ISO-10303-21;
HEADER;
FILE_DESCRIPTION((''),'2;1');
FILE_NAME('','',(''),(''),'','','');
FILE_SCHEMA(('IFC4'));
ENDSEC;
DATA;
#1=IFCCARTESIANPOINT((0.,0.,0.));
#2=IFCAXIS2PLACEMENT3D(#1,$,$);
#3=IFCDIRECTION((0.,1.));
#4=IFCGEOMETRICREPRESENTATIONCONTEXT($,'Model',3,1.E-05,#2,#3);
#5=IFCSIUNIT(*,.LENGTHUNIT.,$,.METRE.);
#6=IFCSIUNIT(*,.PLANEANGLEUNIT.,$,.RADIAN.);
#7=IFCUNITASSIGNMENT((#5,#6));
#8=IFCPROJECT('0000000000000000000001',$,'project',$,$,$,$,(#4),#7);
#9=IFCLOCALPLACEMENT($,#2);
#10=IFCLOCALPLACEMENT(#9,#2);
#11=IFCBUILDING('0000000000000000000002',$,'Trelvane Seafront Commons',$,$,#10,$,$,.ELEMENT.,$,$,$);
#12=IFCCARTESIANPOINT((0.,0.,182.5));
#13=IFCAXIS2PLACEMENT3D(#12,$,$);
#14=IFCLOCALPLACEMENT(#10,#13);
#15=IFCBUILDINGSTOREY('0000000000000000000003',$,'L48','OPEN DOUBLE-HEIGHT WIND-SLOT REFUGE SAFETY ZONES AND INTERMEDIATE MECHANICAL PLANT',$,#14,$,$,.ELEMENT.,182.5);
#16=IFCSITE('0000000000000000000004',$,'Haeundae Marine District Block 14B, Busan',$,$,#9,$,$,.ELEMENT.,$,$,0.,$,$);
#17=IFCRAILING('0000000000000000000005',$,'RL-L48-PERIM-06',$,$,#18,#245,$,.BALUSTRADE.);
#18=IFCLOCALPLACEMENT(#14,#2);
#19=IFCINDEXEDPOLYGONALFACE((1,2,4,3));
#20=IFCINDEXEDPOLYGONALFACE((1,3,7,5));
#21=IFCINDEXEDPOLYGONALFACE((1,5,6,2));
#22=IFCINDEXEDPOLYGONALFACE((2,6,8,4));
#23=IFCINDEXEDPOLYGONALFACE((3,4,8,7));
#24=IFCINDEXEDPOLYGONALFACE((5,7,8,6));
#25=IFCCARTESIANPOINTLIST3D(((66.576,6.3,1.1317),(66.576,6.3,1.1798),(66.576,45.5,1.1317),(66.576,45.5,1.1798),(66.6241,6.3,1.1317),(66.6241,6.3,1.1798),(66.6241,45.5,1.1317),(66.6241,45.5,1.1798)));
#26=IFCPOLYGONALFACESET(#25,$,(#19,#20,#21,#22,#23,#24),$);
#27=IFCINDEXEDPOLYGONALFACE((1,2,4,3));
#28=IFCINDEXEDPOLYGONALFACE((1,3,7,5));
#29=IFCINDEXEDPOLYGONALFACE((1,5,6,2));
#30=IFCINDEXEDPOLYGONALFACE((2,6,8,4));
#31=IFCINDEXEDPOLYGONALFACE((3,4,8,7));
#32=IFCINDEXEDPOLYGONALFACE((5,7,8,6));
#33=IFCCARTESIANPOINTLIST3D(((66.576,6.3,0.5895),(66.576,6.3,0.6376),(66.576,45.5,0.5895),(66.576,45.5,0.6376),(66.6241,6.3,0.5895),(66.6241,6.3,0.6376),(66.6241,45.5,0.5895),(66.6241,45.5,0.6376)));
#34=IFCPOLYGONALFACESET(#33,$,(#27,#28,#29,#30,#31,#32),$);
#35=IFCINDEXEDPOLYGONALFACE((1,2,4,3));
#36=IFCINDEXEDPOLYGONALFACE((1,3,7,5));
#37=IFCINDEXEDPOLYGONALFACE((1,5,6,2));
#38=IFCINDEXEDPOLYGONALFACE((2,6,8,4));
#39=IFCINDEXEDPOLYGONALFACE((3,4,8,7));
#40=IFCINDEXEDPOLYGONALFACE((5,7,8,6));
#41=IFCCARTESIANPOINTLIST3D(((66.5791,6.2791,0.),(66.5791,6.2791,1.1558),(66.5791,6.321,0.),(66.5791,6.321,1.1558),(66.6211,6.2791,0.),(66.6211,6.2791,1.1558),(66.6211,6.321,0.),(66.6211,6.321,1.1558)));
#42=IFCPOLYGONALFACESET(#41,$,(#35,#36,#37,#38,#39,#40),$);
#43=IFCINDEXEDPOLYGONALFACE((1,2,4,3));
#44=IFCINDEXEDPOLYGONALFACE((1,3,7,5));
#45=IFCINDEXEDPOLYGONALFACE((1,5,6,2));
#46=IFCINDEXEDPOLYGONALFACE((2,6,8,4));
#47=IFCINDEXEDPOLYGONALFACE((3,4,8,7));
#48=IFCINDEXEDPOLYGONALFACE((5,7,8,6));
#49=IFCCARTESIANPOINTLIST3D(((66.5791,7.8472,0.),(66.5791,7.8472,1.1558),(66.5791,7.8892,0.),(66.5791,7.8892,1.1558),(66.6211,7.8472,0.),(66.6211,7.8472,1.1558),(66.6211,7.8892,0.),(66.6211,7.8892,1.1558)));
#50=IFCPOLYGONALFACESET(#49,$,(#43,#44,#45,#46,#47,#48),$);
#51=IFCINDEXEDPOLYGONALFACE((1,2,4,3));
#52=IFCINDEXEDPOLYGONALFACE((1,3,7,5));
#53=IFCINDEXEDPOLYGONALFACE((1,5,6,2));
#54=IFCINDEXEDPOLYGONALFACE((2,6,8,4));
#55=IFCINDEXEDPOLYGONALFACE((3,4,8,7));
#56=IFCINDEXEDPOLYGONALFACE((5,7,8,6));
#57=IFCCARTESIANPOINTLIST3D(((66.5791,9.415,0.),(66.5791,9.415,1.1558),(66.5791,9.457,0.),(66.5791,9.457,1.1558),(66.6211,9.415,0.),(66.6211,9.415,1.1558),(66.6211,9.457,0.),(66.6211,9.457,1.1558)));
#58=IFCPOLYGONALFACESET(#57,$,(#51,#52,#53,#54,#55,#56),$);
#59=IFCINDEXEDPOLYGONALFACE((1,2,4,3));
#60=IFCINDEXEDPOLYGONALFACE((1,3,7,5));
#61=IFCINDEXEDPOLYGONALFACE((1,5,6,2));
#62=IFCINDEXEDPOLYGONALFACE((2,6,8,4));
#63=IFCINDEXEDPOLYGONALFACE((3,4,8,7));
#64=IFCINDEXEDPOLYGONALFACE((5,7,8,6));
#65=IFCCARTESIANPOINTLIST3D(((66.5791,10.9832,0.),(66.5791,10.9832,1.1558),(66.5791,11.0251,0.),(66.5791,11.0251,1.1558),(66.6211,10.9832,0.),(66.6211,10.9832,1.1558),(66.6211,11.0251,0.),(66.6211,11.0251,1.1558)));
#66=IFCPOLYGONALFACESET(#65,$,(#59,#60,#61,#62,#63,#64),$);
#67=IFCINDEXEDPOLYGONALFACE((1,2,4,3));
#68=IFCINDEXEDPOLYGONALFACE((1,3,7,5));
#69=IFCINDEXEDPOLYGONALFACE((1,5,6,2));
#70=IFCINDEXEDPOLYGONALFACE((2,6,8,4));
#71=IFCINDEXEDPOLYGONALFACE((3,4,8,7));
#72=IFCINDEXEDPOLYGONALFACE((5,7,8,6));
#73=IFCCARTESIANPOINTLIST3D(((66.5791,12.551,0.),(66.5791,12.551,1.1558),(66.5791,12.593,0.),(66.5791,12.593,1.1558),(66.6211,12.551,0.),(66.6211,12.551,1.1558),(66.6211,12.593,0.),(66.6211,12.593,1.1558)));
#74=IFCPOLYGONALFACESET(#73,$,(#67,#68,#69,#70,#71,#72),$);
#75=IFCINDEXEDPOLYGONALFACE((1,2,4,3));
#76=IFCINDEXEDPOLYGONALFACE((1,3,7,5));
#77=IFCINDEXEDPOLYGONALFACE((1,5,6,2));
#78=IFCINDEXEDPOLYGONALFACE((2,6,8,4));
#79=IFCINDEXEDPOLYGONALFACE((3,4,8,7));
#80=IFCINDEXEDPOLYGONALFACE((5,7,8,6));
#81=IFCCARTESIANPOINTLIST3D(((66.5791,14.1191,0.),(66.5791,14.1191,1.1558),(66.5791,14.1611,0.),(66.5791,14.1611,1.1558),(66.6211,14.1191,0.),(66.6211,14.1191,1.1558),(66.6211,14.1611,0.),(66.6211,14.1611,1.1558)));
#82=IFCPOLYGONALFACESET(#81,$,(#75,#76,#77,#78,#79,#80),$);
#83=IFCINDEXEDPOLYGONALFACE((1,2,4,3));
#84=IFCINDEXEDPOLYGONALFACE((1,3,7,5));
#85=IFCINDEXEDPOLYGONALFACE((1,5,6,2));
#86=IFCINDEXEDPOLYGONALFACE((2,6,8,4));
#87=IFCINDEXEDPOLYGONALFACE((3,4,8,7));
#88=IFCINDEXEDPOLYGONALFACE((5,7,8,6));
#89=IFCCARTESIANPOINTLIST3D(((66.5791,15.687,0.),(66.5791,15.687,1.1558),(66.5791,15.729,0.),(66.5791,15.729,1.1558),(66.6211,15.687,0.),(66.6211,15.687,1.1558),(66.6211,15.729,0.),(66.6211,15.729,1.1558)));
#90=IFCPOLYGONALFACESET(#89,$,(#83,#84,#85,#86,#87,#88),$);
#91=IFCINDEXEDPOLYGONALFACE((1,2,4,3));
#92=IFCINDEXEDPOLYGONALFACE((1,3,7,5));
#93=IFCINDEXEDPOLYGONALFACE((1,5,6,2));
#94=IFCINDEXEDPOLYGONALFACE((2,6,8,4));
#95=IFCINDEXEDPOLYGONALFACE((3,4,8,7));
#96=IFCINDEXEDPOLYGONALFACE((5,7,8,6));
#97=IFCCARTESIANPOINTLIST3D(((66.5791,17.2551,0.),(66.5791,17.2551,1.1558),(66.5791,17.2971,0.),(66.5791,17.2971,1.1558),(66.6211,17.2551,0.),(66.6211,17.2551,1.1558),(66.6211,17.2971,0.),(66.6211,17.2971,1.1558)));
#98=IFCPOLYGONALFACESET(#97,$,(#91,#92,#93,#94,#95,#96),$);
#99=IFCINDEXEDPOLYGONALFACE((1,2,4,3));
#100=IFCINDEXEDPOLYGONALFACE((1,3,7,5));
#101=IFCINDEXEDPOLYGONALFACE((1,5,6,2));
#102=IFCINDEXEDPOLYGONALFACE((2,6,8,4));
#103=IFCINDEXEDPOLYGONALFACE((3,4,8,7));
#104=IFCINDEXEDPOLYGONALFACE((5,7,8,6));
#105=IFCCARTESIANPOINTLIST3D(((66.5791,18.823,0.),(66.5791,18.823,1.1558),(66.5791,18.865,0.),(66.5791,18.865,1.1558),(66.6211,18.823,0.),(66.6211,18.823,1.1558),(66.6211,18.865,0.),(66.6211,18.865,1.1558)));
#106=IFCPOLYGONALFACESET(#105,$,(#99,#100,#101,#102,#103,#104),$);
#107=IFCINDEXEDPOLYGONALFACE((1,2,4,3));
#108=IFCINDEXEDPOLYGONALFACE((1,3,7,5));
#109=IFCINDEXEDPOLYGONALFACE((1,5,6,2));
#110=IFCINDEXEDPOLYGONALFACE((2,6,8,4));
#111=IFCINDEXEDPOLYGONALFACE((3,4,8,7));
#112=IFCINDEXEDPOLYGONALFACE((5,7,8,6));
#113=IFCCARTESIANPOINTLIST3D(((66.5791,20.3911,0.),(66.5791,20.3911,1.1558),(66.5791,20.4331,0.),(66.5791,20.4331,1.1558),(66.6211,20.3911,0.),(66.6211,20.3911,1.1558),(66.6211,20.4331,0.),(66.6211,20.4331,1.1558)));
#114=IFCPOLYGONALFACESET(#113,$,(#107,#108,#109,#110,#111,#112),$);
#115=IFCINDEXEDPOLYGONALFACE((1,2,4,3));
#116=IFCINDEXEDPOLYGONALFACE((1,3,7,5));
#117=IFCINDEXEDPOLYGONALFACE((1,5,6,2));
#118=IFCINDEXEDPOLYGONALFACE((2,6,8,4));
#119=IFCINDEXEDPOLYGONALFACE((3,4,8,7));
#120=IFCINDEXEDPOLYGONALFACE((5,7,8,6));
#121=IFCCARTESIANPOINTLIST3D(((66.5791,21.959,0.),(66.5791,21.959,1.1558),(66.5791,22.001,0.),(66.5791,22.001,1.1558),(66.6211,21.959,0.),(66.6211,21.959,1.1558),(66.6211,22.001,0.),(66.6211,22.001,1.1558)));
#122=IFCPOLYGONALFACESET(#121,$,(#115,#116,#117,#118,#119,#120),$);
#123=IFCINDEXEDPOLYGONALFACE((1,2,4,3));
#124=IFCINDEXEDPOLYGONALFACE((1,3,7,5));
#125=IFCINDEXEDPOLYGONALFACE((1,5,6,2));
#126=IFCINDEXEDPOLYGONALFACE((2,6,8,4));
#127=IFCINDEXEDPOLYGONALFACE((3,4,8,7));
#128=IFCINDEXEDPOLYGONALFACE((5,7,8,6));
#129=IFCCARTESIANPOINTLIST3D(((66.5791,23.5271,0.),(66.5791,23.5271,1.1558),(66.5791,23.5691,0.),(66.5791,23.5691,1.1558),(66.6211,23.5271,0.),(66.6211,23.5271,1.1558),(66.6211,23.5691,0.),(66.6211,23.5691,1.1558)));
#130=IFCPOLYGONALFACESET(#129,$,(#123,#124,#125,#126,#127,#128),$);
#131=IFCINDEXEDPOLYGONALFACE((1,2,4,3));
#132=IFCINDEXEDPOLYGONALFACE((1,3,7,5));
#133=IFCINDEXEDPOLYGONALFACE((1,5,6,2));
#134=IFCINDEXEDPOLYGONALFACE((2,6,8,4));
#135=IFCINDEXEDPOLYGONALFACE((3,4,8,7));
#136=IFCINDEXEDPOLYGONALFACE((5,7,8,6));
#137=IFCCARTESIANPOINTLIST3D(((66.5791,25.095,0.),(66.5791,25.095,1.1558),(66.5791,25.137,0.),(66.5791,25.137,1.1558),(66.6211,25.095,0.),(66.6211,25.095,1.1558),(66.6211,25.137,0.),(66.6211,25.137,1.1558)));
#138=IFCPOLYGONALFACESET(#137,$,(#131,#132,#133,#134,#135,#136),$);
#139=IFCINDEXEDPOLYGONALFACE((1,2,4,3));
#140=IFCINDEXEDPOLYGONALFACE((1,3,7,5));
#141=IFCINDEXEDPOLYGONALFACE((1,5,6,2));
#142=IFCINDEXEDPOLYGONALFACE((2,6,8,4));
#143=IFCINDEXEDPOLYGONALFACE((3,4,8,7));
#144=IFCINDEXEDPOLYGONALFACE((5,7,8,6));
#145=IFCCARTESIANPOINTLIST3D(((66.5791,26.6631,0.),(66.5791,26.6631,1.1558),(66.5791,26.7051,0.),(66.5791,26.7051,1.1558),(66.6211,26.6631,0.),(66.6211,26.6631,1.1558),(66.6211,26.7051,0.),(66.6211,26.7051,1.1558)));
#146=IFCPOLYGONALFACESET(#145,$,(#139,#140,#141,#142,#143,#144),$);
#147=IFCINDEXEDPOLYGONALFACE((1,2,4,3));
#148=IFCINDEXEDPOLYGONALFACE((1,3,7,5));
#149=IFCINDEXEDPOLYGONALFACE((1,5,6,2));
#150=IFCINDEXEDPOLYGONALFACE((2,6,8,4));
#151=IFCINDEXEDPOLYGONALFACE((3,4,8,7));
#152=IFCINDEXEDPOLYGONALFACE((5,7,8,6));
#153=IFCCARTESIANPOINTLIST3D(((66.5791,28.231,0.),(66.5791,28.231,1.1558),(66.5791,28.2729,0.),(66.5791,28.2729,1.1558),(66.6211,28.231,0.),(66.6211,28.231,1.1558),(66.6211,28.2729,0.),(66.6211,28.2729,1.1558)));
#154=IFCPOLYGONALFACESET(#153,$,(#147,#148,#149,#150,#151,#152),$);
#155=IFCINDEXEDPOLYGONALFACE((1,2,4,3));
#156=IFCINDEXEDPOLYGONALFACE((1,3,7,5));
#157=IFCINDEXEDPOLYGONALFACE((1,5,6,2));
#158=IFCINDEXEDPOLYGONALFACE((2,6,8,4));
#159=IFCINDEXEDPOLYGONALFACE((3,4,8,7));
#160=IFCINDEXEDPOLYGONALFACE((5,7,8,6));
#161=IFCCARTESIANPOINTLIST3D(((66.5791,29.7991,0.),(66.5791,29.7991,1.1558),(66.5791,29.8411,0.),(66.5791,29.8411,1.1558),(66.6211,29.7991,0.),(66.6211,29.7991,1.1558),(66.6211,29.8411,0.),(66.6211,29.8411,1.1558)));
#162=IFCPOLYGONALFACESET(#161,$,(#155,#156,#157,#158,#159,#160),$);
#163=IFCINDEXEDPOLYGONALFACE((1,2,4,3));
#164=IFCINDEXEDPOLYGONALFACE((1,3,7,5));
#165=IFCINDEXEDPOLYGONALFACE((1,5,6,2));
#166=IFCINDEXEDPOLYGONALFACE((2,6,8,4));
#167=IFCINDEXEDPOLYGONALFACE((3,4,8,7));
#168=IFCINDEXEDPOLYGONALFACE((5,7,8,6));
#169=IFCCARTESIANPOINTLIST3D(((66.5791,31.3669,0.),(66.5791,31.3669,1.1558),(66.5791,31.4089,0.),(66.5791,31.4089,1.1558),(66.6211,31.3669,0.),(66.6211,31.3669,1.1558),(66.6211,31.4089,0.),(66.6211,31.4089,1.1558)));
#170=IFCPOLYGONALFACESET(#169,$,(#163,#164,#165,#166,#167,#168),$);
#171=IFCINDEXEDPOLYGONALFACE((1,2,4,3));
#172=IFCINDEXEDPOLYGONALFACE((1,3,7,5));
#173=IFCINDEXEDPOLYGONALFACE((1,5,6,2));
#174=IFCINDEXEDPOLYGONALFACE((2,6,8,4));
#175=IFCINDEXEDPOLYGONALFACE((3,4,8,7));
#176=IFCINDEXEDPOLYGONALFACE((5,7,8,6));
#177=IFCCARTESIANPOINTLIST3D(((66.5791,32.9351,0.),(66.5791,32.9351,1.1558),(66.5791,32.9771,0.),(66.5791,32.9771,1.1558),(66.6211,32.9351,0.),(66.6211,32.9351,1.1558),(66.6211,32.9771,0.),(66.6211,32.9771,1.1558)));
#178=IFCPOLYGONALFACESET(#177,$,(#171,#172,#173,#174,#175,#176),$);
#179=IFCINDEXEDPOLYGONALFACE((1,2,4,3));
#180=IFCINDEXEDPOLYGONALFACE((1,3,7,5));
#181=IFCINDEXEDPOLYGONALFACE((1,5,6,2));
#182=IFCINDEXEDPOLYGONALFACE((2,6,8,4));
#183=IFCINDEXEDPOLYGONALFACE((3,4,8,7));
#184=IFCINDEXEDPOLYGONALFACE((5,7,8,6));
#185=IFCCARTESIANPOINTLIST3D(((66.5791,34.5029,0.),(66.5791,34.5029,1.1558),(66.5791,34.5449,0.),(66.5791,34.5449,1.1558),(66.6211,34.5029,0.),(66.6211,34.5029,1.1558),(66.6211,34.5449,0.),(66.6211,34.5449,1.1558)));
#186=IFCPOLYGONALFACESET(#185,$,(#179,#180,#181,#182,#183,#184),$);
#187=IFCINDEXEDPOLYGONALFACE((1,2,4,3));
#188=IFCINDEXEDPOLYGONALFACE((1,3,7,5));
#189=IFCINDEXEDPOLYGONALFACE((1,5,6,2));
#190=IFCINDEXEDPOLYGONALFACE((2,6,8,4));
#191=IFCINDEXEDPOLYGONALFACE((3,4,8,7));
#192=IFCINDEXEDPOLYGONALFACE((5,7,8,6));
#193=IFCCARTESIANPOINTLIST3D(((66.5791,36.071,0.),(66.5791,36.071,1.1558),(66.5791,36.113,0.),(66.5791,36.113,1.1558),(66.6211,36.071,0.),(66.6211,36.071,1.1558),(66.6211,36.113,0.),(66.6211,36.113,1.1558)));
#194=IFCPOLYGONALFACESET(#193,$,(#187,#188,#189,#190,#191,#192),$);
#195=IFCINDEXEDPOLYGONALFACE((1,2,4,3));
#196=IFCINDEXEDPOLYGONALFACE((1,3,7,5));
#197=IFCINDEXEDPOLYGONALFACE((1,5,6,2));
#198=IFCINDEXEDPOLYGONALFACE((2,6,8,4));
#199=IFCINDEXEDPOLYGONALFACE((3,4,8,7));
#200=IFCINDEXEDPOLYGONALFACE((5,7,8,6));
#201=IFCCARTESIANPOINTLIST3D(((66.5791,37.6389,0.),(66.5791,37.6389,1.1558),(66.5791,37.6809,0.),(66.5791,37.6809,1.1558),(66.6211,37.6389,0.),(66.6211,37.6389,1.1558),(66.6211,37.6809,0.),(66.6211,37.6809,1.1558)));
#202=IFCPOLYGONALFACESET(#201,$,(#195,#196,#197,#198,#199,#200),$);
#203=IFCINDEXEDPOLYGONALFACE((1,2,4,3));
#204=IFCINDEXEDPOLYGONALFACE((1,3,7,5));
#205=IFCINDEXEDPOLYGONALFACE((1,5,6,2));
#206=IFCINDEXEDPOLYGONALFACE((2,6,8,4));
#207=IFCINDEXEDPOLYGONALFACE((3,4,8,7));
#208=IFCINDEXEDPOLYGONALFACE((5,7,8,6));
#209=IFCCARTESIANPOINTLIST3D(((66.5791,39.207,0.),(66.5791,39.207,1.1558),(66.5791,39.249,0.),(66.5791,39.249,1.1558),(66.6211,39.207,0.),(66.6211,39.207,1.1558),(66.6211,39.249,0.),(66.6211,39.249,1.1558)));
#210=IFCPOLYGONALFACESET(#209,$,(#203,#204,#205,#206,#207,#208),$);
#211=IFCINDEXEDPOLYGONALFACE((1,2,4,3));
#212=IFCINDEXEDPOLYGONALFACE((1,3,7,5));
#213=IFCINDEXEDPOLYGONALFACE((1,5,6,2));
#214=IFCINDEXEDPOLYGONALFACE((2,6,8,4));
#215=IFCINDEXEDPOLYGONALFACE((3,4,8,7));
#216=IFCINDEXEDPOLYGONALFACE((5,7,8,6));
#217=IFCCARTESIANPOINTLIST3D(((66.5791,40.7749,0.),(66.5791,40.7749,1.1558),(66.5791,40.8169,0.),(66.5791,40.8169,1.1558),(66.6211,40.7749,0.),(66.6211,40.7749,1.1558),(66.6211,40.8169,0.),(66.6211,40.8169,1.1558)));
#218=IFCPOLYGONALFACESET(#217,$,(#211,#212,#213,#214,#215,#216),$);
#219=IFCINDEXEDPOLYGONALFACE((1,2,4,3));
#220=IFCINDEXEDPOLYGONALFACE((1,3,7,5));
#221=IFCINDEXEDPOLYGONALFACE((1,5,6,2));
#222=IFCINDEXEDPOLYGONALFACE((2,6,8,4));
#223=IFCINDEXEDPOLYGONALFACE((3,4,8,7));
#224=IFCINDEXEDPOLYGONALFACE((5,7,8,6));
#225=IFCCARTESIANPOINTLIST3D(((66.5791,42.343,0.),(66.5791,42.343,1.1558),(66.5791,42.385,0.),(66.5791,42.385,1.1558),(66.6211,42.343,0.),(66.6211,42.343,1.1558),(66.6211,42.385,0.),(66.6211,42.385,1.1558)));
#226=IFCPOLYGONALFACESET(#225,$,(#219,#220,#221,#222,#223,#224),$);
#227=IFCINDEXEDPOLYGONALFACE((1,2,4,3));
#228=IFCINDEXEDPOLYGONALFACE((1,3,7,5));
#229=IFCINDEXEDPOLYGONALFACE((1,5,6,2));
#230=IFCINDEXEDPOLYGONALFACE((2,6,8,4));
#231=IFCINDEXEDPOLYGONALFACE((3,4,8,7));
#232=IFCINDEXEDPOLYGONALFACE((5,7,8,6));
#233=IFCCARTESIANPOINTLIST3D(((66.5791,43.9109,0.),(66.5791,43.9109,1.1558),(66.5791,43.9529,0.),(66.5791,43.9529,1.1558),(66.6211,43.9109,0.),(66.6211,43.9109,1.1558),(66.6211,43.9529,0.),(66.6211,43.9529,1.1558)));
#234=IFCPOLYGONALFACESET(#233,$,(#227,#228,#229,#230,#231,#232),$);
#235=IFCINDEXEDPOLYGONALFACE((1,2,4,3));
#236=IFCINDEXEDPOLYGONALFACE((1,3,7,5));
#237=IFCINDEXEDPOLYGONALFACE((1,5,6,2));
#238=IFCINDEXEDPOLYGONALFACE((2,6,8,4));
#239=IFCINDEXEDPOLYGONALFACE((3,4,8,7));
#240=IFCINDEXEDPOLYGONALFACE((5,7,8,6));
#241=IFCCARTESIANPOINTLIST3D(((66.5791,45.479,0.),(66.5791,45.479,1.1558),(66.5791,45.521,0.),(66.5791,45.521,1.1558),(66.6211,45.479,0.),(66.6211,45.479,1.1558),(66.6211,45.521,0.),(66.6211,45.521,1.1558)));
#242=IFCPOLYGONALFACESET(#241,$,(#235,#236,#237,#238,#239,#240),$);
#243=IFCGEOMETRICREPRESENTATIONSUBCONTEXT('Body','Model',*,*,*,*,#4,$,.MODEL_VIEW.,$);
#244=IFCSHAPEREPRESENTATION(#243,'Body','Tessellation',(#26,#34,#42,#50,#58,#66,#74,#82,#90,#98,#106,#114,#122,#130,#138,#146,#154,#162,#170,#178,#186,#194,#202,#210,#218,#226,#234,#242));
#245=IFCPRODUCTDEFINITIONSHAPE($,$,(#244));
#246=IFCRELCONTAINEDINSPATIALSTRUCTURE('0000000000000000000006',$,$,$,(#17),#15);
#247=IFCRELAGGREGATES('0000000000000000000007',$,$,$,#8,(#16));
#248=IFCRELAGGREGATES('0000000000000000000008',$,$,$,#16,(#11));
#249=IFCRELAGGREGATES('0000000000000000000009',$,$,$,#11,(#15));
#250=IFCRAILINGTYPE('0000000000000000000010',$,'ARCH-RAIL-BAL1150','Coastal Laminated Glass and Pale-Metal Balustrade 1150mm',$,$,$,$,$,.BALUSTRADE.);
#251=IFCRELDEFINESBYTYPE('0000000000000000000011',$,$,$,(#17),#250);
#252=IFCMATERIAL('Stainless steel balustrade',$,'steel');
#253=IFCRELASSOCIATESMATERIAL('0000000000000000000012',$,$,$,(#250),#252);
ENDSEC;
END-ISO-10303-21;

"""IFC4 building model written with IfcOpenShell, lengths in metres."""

from ifc_helpers import new_model, si_unit, direction, frame, origin, origin_2d, place, context, subcontext, project, spatial, rectangle, extrude, material, type_object, element, save


model = new_model("IFC4")

# Units and contexts
model_context = context("Model", 3, precision=1e-05, world=origin(), true_north=direction((0.0, 1.0)))
body_context = subcontext(model_context, "Body", "Model", "MODEL_VIEW")
ifc_project = project(units=[si_unit("LENGTHUNIT", "METRE"), si_unit("PLANEANGLEUNIT", "RADIAN")], contexts=[model_context])

# Site, building, storey
site_placement = place(None, origin())
site = spatial("IfcSite", under=ifc_project, at=site_placement, Name="Haeundae Marine District Block 14B, Busan", CompositionType="ELEMENT", RefElevation=0.0)
building_placement = place(site_placement, origin())
building = spatial("IfcBuilding", under=site, at=building_placement, Name="Trelvane Seafront Commons", CompositionType="ELEMENT")
storey_placement = place(building_placement, frame((0.0, 0.0, 182.5)))
storey = spatial("IfcBuildingStorey", under=building, at=storey_placement, Name="L48", Description="OPEN DOUBLE-HEIGHT WIND-SLOT REFUGE SAFETY ZONES AND INTERMEDIATE MECHANICAL PLANT", CompositionType="ELEMENT", Elevation=182.5)

# Railing
ifc_material_1 = material(Name="Stainless steel balustrade", Category="steel")
railing_type = type_object("IfcRailingType", Name="ARCH-RAIL-BAL1150", Description="Coastal Laminated Glass and Pale-Metal Balustrade 1150mm", PredefinedType="BALUSTRADE", material=ifc_material_1)
railing_1_placement = place(storey_placement, frame((66.6001, 6.3, 0.0)))
element("IfcRailing", 1, at=railing_1_placement, inside=storey, type_object=railing_type, Name="RL-L48-PERIM-06", PredefinedType="BALUSTRADE", context=body_context, shape_type="SweptSolid", body=[
    extrude(rectangle(XDim=0.0481, YDim=0.0481, at=origin_2d()), frame((0.0, 0.0, 1.1558), z_axis=(0.0, 1.0, 0.0), x_axis=(-1.0, 0.0, 0.0)), (0.0, 0.0, 1.0), 39.2),
    extrude(rectangle(XDim=0.0481, YDim=0.0481, at=origin_2d()), frame((0.0, 0.0, 0.6135), z_axis=(0.0, 1.0, 0.0), x_axis=(-1.0, 0.0, 0.0)), (0.0, 0.0, 1.0), 39.2),
    extrude(rectangle(XDim=0.042, YDim=0.042, at=origin_2d()), origin(), (0.0, 0.0, 1.0), 1.1558),
    extrude(rectangle(XDim=0.042, YDim=0.042, at=origin_2d()), frame((0.0, 1.5681, 0.0)), (0.0, 0.0, 1.0), 1.1558),
    extrude(rectangle(XDim=0.042, YDim=0.042, at=origin_2d()), frame((0.0, 3.136, 0.0)), (0.0, 0.0, 1.0), 1.1558),
    extrude(rectangle(XDim=0.042, YDim=0.042, at=origin_2d()), frame((0.0, 4.7041, 0.0)), (0.0, 0.0, 1.0), 1.1558),
    extrude(rectangle(XDim=0.042, YDim=0.042, at=origin_2d()), frame((0.0, 6.272, 0.0)), (0.0, 0.0, 1.0), 1.1558),
    extrude(rectangle(XDim=0.042, YDim=0.042, at=origin_2d()), frame((0.0, 7.8401, 0.0)), (0.0, 0.0, 1.0), 1.1558),
    extrude(rectangle(XDim=0.042, YDim=0.042, at=origin_2d()), frame((0.0, 9.408, 0.0)), (0.0, 0.0, 1.0), 1.1558),
    extrude(rectangle(XDim=0.042, YDim=0.042, at=origin_2d()), frame((0.0, 10.9761, 0.0)), (0.0, 0.0, 1.0), 1.1558),
    extrude(rectangle(XDim=0.042, YDim=0.042, at=origin_2d()), frame((0.0, 12.5439, 0.0)), (0.0, 0.0, 1.0), 1.1558),
    extrude(rectangle(XDim=0.042, YDim=0.042, at=origin_2d()), frame((0.0, 14.1121, 0.0)), (0.0, 0.0, 1.0), 1.1558),
    extrude(rectangle(XDim=0.042, YDim=0.042, at=origin_2d()), frame((0.0, 15.6799, 0.0)), (0.0, 0.0, 1.0), 1.1558),
    extrude(rectangle(XDim=0.042, YDim=0.042, at=origin_2d()), frame((0.0, 17.248, 0.0)), (0.0, 0.0, 1.0), 1.1558),
    extrude(rectangle(XDim=0.042, YDim=0.042, at=origin_2d()), frame((0.0, 18.8159, 0.0)), (0.0, 0.0, 1.0), 1.1558),
    extrude(rectangle(XDim=0.042, YDim=0.042, at=origin_2d()), frame((0.0, 20.384, 0.0)), (0.0, 0.0, 1.0), 1.1558),
    extrude(rectangle(XDim=0.042, YDim=0.042, at=origin_2d()), frame((0.0, 21.9519, 0.0)), (0.0, 0.0, 1.0), 1.1558),
    extrude(rectangle(XDim=0.042, YDim=0.042, at=origin_2d()), frame((0.0, 23.52, 0.0)), (0.0, 0.0, 1.0), 1.1558),
    extrude(rectangle(XDim=0.042, YDim=0.042, at=origin_2d()), frame((0.0, 25.0879, 0.0)), (0.0, 0.0, 1.0), 1.1558),
    extrude(rectangle(XDim=0.042, YDim=0.042, at=origin_2d()), frame((0.0, 26.656, 0.0)), (0.0, 0.0, 1.0), 1.1558),
    extrude(rectangle(XDim=0.042, YDim=0.042, at=origin_2d()), frame((0.0, 28.2239, 0.0)), (0.0, 0.0, 1.0), 1.1558),
    extrude(rectangle(XDim=0.042, YDim=0.042, at=origin_2d()), frame((0.0, 29.792, 0.0)), (0.0, 0.0, 1.0), 1.1558),
    extrude(rectangle(XDim=0.042, YDim=0.042, at=origin_2d()), frame((0.0, 31.3599, 0.0)), (0.0, 0.0, 1.0), 1.1558),
    extrude(rectangle(XDim=0.042, YDim=0.042, at=origin_2d()), frame((0.0, 32.928, 0.0)), (0.0, 0.0, 1.0), 1.1558),
    extrude(rectangle(XDim=0.042, YDim=0.042, at=origin_2d()), frame((0.0, 34.4958, 0.0)), (0.0, 0.0, 1.0), 1.1558),
    extrude(rectangle(XDim=0.042, YDim=0.042, at=origin_2d()), frame((0.0, 36.064, 0.0)), (0.0, 0.0, 1.0), 1.1558),
    extrude(rectangle(XDim=0.042, YDim=0.042, at=origin_2d()), frame((0.0, 37.6318, 0.0)), (0.0, 0.0, 1.0), 1.1558),
    extrude(rectangle(XDim=0.042, YDim=0.042, at=origin_2d()), frame((0.0, 39.2, 0.0)), (0.0, 0.0, 1.0), 1.1558),
])

save(model, "model.ifc")
